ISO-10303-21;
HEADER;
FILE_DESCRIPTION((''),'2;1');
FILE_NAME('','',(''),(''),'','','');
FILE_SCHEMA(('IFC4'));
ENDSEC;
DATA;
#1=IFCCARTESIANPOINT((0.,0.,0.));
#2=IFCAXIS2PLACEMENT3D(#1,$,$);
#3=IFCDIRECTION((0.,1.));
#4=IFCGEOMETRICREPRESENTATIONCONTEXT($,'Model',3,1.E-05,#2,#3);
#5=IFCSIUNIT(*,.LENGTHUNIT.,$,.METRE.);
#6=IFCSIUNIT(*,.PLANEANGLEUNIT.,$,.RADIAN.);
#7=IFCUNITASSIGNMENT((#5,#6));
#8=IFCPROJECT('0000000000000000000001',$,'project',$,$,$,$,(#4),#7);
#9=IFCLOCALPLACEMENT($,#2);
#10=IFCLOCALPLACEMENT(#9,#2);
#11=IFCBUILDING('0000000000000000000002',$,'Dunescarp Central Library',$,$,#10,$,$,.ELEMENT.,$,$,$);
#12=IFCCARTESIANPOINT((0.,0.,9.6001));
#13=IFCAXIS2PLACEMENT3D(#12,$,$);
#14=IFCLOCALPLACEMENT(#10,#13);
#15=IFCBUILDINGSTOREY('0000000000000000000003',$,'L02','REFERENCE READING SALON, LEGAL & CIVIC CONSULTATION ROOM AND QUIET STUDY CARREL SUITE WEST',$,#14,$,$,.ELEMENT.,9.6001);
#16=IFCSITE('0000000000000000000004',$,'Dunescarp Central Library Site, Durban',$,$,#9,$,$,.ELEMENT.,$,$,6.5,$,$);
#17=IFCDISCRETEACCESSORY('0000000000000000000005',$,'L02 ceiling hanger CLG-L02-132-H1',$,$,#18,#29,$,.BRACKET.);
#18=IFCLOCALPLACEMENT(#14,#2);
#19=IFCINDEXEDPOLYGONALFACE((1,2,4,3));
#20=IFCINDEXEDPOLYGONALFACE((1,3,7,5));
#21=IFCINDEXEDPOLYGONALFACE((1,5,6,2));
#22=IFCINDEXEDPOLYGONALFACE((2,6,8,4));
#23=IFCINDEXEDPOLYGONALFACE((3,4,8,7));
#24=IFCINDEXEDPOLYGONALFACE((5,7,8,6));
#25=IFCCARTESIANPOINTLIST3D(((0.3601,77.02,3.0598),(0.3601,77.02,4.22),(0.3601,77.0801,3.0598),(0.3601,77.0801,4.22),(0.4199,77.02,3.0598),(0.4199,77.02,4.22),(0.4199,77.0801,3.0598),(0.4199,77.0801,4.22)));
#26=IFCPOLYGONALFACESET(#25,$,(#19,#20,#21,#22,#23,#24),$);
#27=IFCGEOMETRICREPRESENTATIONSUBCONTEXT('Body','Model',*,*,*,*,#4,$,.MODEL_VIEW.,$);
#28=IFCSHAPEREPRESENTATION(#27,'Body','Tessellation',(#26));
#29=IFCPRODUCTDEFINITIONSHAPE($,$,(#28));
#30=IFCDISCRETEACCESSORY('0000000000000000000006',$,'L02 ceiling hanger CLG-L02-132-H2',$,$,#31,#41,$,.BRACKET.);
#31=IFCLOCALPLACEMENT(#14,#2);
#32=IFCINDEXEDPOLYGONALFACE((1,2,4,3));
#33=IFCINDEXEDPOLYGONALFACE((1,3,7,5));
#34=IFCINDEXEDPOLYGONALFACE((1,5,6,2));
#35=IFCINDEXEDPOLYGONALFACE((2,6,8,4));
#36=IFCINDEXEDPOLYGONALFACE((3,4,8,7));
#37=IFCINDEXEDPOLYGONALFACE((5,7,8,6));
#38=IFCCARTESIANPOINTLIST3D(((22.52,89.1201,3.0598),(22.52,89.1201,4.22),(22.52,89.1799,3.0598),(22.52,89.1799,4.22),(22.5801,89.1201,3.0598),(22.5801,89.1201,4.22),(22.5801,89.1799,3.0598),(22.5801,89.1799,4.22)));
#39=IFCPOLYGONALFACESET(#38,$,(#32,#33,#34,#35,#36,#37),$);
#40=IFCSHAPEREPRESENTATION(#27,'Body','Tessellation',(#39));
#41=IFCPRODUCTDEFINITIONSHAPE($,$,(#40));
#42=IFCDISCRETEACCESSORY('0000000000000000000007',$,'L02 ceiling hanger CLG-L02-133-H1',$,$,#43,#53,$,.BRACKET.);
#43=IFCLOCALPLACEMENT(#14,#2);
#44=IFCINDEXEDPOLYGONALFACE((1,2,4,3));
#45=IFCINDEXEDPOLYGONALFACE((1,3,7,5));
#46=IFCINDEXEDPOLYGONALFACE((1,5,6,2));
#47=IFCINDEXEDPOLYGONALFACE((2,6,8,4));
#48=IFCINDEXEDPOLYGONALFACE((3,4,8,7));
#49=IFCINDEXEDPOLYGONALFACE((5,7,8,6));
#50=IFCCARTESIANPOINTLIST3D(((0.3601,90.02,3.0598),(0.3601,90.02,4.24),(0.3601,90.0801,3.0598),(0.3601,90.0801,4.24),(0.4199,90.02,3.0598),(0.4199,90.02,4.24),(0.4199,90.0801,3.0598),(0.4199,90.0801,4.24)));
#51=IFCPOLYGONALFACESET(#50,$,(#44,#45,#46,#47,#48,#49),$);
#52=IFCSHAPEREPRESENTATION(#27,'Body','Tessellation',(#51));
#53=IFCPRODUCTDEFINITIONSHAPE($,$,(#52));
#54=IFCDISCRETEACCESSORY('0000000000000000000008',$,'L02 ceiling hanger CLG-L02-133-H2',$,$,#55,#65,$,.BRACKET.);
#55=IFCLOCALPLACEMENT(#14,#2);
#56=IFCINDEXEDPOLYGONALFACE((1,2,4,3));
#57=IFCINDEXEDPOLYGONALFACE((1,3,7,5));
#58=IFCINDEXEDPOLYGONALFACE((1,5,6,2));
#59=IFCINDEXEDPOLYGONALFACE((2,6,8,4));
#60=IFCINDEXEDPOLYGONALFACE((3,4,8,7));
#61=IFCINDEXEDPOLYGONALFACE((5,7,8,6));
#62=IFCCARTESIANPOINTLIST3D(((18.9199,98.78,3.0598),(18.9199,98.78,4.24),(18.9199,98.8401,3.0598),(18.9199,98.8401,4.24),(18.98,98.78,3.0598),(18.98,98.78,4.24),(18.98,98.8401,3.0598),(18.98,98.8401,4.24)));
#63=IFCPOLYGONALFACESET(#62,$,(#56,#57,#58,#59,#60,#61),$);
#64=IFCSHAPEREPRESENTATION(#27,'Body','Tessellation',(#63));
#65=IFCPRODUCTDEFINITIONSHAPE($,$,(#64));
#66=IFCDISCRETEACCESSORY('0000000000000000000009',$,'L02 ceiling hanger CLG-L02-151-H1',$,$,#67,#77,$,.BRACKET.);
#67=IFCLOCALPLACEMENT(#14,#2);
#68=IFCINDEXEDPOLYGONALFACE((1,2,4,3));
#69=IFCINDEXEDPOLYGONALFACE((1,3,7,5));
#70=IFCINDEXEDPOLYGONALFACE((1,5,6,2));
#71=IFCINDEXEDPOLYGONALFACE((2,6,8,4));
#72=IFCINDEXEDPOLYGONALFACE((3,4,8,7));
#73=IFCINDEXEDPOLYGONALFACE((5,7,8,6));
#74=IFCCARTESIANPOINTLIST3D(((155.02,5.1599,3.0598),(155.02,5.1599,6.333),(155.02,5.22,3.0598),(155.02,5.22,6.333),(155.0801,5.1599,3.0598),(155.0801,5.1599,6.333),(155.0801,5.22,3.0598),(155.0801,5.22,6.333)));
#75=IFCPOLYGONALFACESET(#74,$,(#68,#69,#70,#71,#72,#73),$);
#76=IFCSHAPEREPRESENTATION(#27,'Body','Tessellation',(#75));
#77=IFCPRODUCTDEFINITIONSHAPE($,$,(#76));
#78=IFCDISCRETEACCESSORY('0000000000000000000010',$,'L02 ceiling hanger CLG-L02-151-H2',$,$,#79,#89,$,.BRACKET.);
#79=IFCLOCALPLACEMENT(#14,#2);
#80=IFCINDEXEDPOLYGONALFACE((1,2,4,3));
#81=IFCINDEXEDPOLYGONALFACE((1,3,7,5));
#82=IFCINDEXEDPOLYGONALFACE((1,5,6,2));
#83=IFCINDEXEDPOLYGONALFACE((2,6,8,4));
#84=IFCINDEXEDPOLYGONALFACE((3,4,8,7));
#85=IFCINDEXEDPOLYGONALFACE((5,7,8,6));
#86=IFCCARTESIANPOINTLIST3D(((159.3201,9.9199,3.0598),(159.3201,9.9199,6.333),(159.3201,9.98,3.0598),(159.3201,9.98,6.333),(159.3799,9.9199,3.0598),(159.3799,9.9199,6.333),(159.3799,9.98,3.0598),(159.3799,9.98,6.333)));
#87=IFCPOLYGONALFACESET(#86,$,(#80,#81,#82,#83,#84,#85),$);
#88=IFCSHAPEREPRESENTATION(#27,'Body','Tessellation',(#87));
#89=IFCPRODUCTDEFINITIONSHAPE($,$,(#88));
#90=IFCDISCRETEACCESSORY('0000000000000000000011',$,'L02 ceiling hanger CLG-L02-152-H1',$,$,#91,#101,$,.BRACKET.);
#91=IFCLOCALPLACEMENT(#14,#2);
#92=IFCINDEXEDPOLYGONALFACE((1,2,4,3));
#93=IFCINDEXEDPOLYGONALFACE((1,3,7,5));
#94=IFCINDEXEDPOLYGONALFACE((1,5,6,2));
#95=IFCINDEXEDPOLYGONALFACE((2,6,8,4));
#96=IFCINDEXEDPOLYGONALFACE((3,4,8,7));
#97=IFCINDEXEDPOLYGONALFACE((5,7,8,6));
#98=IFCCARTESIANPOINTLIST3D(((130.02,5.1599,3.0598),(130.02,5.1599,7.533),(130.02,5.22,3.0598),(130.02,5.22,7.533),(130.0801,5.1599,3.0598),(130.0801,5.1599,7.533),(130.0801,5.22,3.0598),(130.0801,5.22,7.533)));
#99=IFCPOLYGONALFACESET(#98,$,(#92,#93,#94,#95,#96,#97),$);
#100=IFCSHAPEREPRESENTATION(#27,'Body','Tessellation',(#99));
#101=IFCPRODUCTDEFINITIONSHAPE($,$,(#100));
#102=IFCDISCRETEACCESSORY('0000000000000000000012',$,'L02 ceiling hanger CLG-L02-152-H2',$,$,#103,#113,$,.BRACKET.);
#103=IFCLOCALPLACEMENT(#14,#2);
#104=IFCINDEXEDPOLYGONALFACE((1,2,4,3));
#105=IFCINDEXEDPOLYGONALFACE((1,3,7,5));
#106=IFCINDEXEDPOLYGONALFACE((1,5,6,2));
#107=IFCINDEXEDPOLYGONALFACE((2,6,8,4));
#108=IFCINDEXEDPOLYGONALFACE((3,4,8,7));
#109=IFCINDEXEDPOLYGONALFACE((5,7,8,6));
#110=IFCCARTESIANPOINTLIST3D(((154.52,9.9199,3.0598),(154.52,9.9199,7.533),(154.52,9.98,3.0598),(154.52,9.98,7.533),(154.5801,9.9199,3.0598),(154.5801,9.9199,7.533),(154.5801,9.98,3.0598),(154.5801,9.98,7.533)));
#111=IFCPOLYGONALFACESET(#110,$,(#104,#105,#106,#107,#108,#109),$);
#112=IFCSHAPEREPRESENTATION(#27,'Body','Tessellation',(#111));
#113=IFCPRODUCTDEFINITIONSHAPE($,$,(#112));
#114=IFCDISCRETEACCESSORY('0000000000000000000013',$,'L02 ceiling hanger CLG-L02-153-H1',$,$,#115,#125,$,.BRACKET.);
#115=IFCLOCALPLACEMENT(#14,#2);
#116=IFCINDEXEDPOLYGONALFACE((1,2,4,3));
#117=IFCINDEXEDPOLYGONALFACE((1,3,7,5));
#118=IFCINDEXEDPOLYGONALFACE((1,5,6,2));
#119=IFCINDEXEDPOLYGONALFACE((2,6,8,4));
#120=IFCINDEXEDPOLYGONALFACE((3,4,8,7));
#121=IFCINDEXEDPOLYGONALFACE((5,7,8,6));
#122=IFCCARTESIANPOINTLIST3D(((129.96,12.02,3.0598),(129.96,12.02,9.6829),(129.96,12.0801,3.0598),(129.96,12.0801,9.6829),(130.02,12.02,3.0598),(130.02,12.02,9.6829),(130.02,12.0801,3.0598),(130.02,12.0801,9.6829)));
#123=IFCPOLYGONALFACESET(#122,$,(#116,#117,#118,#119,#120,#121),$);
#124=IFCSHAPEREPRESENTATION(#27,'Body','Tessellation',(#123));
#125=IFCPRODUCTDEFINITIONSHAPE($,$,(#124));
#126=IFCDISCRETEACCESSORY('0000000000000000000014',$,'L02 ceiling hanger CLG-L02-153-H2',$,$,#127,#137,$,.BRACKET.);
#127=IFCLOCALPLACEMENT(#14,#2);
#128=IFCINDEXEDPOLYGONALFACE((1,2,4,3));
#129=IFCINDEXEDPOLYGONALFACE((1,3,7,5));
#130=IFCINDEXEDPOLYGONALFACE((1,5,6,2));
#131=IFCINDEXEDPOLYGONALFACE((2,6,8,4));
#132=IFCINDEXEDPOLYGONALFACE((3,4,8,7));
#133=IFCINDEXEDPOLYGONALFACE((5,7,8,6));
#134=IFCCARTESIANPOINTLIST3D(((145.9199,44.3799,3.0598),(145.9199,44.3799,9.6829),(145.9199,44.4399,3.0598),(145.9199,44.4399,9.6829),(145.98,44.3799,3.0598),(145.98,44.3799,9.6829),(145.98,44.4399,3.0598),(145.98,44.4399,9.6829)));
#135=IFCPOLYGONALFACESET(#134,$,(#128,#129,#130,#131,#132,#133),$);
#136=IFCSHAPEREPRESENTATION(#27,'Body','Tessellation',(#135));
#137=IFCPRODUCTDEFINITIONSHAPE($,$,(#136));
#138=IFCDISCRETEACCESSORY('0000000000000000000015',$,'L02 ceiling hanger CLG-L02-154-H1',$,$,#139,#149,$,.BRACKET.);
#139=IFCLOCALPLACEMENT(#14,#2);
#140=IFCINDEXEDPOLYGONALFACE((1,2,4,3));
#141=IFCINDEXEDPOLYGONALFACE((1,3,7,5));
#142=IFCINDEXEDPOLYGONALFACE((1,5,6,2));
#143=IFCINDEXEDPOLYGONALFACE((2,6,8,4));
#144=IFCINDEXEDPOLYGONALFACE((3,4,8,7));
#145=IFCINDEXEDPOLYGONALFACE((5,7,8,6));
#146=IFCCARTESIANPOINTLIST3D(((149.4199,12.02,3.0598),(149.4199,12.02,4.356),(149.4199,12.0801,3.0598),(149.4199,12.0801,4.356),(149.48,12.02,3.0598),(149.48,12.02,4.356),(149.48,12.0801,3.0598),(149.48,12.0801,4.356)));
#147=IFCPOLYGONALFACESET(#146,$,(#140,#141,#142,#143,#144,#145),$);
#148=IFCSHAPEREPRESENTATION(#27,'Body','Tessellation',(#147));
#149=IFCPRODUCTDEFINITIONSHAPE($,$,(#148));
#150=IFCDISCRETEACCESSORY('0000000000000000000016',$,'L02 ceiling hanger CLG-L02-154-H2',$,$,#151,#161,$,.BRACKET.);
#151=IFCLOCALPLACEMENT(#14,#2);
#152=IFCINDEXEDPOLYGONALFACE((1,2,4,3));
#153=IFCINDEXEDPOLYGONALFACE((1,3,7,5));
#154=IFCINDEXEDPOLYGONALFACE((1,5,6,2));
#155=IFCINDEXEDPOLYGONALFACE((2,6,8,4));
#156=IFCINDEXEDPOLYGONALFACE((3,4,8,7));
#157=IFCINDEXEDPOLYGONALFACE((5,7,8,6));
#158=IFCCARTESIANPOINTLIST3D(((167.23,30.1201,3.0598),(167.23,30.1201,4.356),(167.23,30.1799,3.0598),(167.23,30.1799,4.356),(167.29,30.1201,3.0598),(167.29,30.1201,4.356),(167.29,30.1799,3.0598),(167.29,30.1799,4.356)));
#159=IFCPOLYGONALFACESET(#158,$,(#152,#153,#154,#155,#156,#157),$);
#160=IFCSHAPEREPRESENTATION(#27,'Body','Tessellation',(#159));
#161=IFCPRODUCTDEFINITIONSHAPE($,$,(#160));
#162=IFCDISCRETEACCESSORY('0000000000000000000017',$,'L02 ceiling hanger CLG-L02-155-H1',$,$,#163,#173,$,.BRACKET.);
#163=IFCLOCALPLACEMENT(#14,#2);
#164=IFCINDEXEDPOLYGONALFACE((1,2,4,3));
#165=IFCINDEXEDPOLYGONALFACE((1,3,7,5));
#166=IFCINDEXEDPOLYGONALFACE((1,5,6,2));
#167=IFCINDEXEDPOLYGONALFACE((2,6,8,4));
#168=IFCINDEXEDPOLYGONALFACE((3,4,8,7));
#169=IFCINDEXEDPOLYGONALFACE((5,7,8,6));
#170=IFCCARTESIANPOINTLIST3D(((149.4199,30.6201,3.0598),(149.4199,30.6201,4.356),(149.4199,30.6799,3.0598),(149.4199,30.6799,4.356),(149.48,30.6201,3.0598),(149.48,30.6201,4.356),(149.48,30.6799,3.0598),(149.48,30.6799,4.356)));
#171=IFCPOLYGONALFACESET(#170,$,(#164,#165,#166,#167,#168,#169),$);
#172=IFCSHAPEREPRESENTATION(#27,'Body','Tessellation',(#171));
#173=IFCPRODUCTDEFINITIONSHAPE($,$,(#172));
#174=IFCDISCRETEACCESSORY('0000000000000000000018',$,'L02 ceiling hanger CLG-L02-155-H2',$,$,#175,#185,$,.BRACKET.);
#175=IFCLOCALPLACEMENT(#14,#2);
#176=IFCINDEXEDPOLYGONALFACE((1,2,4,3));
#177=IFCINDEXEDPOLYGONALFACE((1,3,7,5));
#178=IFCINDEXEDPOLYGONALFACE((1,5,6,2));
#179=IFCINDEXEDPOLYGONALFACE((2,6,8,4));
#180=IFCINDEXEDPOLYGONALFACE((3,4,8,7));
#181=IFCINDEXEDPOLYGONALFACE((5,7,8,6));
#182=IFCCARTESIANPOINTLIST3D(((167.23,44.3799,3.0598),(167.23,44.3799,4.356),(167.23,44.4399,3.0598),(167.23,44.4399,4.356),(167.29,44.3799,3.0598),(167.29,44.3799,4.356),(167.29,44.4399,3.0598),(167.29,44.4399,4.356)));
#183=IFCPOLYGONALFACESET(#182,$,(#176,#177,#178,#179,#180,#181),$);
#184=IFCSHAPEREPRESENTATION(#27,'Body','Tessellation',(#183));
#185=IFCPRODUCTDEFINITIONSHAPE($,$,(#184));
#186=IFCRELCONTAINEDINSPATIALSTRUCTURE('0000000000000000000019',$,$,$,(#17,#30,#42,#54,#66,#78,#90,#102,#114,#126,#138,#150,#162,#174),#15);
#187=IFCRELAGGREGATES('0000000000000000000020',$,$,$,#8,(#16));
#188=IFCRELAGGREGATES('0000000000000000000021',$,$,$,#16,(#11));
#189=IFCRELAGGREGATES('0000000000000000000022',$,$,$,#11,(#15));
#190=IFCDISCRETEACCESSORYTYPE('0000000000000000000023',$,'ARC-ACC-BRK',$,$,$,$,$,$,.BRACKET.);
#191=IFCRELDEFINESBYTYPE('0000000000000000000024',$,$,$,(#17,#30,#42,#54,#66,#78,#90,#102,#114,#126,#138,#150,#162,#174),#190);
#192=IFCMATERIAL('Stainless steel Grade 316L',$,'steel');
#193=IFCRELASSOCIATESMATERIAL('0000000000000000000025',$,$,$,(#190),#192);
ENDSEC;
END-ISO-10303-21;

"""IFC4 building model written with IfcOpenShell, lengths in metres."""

from ifc_helpers import new_model, si_unit, direction, frame, origin, place, context, subcontext, project, spatial, polyline, outline, extrude, material, type_object, element, save


model = new_model("IFC4")

# Units and contexts
model_context = context("Model", 3, precision=1e-05, world=origin(), true_north=direction((0.0, 1.0)))
body_context = subcontext(model_context, "Body", "Model", "MODEL_VIEW")
ifc_project = project(units=[si_unit("LENGTHUNIT", "METRE"), si_unit("PLANEANGLEUNIT", "RADIAN")], contexts=[model_context])

# Site, building, storey
site_placement = place(None, origin())
site = spatial("IfcSite", under=ifc_project, at=site_placement, Name="Dunescarp Central Library Site, Durban", CompositionType="ELEMENT", RefElevation=6.5)
building_placement = place(site_placement, origin())
building = spatial("IfcBuilding", under=site, at=building_placement, Name="Dunescarp Central Library", CompositionType="ELEMENT")
storey_placement = place(building_placement, frame((0.0, 0.0, 9.6001)))
storey = spatial("IfcBuildingStorey", under=building, at=storey_placement, Name="L02", Description="REFERENCE READING SALON, LEGAL & CIVIC CONSULTATION ROOM AND QUIET STUDY CARREL SUITE WEST", CompositionType="ELEMENT", Elevation=9.6001)

# Discrete accessories
ifc_material_1 = material(Name="Stainless steel Grade 316L", Category="steel")
discrete_accessory_type = type_object("IfcDiscreteAccessoryType", Name="ARC-ACC-BRK", PredefinedType="BRACKET", material=ifc_material_1)
discrete_accessory_1_placement = place(storey_placement, frame((0.0, 0.0, 3.0598)))
element("IfcDiscreteAccessory", 1, at=discrete_accessory_1_placement, inside=storey, type_object=discrete_accessory_type, Name="L02 ceiling hanger CLG-L02-132-H1", PredefinedType="BRACKET", context=body_context, shape_type="SweptSolid", body=[
    extrude(outline(polyline([(0.3601, 77.02), (0.4199, 77.02), (0.4199, 77.0801), (0.3601, 77.0801), (0.3601, 77.02)])), origin(), (0.0, 0.0, 1.0), 1.1602),
])
discrete_accessory_2_placement = place(storey_placement, frame((0.0, 0.0, 3.0598)))
element("IfcDiscreteAccessory", 2, at=discrete_accessory_2_placement, inside=storey, type_object=discrete_accessory_type, Name="L02 ceiling hanger CLG-L02-132-H2", PredefinedType="BRACKET", context=body_context, shape_type="SweptSolid", body=[
    extrude(outline(polyline([(22.52, 89.1201), (22.5801, 89.1201), (22.5801, 89.1799), (22.52, 89.1799), (22.52, 89.1201)])), origin(), (0.0, 0.0, 1.0), 1.1602),
])
discrete_accessory_3_placement = place(storey_placement, frame((0.0, 0.0, 3.0598)))
element("IfcDiscreteAccessory", 3, at=discrete_accessory_3_placement, inside=storey, type_object=discrete_accessory_type, Name="L02 ceiling hanger CLG-L02-133-H1", PredefinedType="BRACKET", context=body_context, shape_type="SweptSolid", body=[
    extrude(outline(polyline([(0.3601, 90.02), (0.4199, 90.02), (0.4199, 90.0801), (0.3601, 90.0801), (0.3601, 90.02)])), origin(), (0.0, 0.0, 1.0), 1.1802),
])
discrete_accessory_4_placement = place(storey_placement, frame((0.0, 0.0, 3.0598)))
element("IfcDiscreteAccessory", 4, at=discrete_accessory_4_placement, inside=storey, type_object=discrete_accessory_type, Name="L02 ceiling hanger CLG-L02-133-H2", PredefinedType="BRACKET", context=body_context, shape_type="SweptSolid", body=[
    extrude(outline(polyline([(18.9199, 98.78), (18.98, 98.78), (18.98, 98.8401), (18.9199, 98.8401), (18.9199, 98.78)])), origin(), (0.0, 0.0, 1.0), 1.1802),
])
discrete_accessory_5_placement = place(storey_placement, frame((0.0, 0.0, 3.0598)))
element("IfcDiscreteAccessory", 5, at=discrete_accessory_5_placement, inside=storey, type_object=discrete_accessory_type, Name="L02 ceiling hanger CLG-L02-151-H1", PredefinedType="BRACKET", context=body_context, shape_type="SweptSolid", body=[
    extrude(outline(polyline([(155.02, 5.1599), (155.0801, 5.1599), (155.0801, 5.22), (155.02, 5.22), (155.02, 5.1599)])), origin(), (0.0, 0.0, 1.0), 3.2732),
])
discrete_accessory_6_placement = place(storey_placement, frame((0.0, 0.0, 3.0598)))
element("IfcDiscreteAccessory", 6, at=discrete_accessory_6_placement, inside=storey, type_object=discrete_accessory_type, Name="L02 ceiling hanger CLG-L02-151-H2", PredefinedType="BRACKET", context=body_context, shape_type="SweptSolid", body=[
    extrude(outline(polyline([(159.3201, 9.9199), (159.3799, 9.9199), (159.3799, 9.98), (159.3201, 9.98), (159.3201, 9.9199)])), origin(), (0.0, 0.0, 1.0), 3.2732),
])
discrete_accessory_7_placement = place(storey_placement, frame((0.0, 0.0, 3.0598)))
element("IfcDiscreteAccessory", 7, at=discrete_accessory_7_placement, inside=storey, type_object=discrete_accessory_type, Name="L02 ceiling hanger CLG-L02-152-H1", PredefinedType="BRACKET", context=body_context, shape_type="SweptSolid", body=[
    extrude(outline(polyline([(130.02, 5.1599), (130.0801, 5.1599), (130.0801, 5.22), (130.02, 5.22), (130.02, 5.1599)])), origin(), (0.0, 0.0, 1.0), 4.4731),
])
discrete_accessory_8_placement = place(storey_placement, frame((0.0, 0.0, 3.0598)))
element("IfcDiscreteAccessory", 8, at=discrete_accessory_8_placement, inside=storey, type_object=discrete_accessory_type, Name="L02 ceiling hanger CLG-L02-152-H2", PredefinedType="BRACKET", context=body_context, shape_type="SweptSolid", body=[
    extrude(outline(polyline([(154.52, 9.9199), (154.5801, 9.9199), (154.5801, 9.98), (154.52, 9.98), (154.52, 9.9199)])), origin(), (0.0, 0.0, 1.0), 4.4731),
])
discrete_accessory_9_placement = place(storey_placement, frame((0.0, 0.0, 3.0598)))
element("IfcDiscreteAccessory", 9, at=discrete_accessory_9_placement, inside=storey, type_object=discrete_accessory_type, Name="L02 ceiling hanger CLG-L02-153-H1", PredefinedType="BRACKET", context=body_context, shape_type="SweptSolid", body=[
    extrude(outline(polyline([(129.96, 12.02), (130.02, 12.02), (130.02, 12.0801), (129.96, 12.0801), (129.96, 12.02)])), origin(), (0.0, 0.0, 1.0), 6.623),
])
discrete_accessory_10_placement = place(storey_placement, frame((0.0, 0.0, 3.0598)))
element("IfcDiscreteAccessory", 10, at=discrete_accessory_10_placement, inside=storey, type_object=discrete_accessory_type, Name="L02 ceiling hanger CLG-L02-153-H2", PredefinedType="BRACKET", context=body_context, shape_type="SweptSolid", body=[
    extrude(outline(polyline([(145.9199, 44.3799), (145.98, 44.3799), (145.98, 44.4399), (145.9199, 44.4399), (145.9199, 44.3799)])), origin(), (0.0, 0.0, 1.0), 6.623),
])
discrete_accessory_11_placement = place(storey_placement, frame((0.0, 0.0, 3.0598)))
element("IfcDiscreteAccessory", 11, at=discrete_accessory_11_placement, inside=storey, type_object=discrete_accessory_type, Name="L02 ceiling hanger CLG-L02-154-H1", PredefinedType="BRACKET", context=body_context, shape_type="SweptSolid", body=[
    extrude(outline(polyline([(149.4199, 12.02), (149.48, 12.02), (149.48, 12.0801), (149.4199, 12.0801), (149.4199, 12.02)])), origin(), (0.0, 0.0, 1.0), 1.2961),
])
discrete_accessory_12_placement = place(storey_placement, frame((0.0, 0.0, 3.0598)))
element("IfcDiscreteAccessory", 12, at=discrete_accessory_12_placement, inside=storey, type_object=discrete_accessory_type, Name="L02 ceiling hanger CLG-L02-154-H2", PredefinedType="BRACKET", context=body_context, shape_type="SweptSolid", body=[
    extrude(outline(polyline([(167.23, 30.1201), (167.29, 30.1201), (167.29, 30.1799), (167.23, 30.1799), (167.23, 30.1201)])), origin(), (0.0, 0.0, 1.0), 1.2961),
])
discrete_accessory_13_placement = place(storey_placement, frame((0.0, 0.0, 3.0598)))
element("IfcDiscreteAccessory", 13, at=discrete_accessory_13_placement, inside=storey, type_object=discrete_accessory_type, Name="L02 ceiling hanger CLG-L02-155-H1", PredefinedType="BRACKET", context=body_context, shape_type="SweptSolid", body=[
    extrude(outline(polyline([(149.4199, 30.6201), (149.48, 30.6201), (149.48, 30.6799), (149.4199, 30.6799), (149.4199, 30.6201)])), origin(), (0.0, 0.0, 1.0), 1.2961),
])
discrete_accessory_14_placement = place(storey_placement, frame((0.0, 0.0, 3.0598)))
element("IfcDiscreteAccessory", 14, at=discrete_accessory_14_placement, inside=storey, type_object=discrete_accessory_type, Name="L02 ceiling hanger CLG-L02-155-H2", PredefinedType="BRACKET", context=body_context, shape_type="SweptSolid", body=[
    extrude(outline(polyline([(167.23, 44.3799), (167.29, 44.3799), (167.29, 44.4399), (167.23, 44.4399), (167.23, 44.3799)])), origin(), (0.0, 0.0, 1.0), 1.2961),
])

save(model, "model.ifc")
